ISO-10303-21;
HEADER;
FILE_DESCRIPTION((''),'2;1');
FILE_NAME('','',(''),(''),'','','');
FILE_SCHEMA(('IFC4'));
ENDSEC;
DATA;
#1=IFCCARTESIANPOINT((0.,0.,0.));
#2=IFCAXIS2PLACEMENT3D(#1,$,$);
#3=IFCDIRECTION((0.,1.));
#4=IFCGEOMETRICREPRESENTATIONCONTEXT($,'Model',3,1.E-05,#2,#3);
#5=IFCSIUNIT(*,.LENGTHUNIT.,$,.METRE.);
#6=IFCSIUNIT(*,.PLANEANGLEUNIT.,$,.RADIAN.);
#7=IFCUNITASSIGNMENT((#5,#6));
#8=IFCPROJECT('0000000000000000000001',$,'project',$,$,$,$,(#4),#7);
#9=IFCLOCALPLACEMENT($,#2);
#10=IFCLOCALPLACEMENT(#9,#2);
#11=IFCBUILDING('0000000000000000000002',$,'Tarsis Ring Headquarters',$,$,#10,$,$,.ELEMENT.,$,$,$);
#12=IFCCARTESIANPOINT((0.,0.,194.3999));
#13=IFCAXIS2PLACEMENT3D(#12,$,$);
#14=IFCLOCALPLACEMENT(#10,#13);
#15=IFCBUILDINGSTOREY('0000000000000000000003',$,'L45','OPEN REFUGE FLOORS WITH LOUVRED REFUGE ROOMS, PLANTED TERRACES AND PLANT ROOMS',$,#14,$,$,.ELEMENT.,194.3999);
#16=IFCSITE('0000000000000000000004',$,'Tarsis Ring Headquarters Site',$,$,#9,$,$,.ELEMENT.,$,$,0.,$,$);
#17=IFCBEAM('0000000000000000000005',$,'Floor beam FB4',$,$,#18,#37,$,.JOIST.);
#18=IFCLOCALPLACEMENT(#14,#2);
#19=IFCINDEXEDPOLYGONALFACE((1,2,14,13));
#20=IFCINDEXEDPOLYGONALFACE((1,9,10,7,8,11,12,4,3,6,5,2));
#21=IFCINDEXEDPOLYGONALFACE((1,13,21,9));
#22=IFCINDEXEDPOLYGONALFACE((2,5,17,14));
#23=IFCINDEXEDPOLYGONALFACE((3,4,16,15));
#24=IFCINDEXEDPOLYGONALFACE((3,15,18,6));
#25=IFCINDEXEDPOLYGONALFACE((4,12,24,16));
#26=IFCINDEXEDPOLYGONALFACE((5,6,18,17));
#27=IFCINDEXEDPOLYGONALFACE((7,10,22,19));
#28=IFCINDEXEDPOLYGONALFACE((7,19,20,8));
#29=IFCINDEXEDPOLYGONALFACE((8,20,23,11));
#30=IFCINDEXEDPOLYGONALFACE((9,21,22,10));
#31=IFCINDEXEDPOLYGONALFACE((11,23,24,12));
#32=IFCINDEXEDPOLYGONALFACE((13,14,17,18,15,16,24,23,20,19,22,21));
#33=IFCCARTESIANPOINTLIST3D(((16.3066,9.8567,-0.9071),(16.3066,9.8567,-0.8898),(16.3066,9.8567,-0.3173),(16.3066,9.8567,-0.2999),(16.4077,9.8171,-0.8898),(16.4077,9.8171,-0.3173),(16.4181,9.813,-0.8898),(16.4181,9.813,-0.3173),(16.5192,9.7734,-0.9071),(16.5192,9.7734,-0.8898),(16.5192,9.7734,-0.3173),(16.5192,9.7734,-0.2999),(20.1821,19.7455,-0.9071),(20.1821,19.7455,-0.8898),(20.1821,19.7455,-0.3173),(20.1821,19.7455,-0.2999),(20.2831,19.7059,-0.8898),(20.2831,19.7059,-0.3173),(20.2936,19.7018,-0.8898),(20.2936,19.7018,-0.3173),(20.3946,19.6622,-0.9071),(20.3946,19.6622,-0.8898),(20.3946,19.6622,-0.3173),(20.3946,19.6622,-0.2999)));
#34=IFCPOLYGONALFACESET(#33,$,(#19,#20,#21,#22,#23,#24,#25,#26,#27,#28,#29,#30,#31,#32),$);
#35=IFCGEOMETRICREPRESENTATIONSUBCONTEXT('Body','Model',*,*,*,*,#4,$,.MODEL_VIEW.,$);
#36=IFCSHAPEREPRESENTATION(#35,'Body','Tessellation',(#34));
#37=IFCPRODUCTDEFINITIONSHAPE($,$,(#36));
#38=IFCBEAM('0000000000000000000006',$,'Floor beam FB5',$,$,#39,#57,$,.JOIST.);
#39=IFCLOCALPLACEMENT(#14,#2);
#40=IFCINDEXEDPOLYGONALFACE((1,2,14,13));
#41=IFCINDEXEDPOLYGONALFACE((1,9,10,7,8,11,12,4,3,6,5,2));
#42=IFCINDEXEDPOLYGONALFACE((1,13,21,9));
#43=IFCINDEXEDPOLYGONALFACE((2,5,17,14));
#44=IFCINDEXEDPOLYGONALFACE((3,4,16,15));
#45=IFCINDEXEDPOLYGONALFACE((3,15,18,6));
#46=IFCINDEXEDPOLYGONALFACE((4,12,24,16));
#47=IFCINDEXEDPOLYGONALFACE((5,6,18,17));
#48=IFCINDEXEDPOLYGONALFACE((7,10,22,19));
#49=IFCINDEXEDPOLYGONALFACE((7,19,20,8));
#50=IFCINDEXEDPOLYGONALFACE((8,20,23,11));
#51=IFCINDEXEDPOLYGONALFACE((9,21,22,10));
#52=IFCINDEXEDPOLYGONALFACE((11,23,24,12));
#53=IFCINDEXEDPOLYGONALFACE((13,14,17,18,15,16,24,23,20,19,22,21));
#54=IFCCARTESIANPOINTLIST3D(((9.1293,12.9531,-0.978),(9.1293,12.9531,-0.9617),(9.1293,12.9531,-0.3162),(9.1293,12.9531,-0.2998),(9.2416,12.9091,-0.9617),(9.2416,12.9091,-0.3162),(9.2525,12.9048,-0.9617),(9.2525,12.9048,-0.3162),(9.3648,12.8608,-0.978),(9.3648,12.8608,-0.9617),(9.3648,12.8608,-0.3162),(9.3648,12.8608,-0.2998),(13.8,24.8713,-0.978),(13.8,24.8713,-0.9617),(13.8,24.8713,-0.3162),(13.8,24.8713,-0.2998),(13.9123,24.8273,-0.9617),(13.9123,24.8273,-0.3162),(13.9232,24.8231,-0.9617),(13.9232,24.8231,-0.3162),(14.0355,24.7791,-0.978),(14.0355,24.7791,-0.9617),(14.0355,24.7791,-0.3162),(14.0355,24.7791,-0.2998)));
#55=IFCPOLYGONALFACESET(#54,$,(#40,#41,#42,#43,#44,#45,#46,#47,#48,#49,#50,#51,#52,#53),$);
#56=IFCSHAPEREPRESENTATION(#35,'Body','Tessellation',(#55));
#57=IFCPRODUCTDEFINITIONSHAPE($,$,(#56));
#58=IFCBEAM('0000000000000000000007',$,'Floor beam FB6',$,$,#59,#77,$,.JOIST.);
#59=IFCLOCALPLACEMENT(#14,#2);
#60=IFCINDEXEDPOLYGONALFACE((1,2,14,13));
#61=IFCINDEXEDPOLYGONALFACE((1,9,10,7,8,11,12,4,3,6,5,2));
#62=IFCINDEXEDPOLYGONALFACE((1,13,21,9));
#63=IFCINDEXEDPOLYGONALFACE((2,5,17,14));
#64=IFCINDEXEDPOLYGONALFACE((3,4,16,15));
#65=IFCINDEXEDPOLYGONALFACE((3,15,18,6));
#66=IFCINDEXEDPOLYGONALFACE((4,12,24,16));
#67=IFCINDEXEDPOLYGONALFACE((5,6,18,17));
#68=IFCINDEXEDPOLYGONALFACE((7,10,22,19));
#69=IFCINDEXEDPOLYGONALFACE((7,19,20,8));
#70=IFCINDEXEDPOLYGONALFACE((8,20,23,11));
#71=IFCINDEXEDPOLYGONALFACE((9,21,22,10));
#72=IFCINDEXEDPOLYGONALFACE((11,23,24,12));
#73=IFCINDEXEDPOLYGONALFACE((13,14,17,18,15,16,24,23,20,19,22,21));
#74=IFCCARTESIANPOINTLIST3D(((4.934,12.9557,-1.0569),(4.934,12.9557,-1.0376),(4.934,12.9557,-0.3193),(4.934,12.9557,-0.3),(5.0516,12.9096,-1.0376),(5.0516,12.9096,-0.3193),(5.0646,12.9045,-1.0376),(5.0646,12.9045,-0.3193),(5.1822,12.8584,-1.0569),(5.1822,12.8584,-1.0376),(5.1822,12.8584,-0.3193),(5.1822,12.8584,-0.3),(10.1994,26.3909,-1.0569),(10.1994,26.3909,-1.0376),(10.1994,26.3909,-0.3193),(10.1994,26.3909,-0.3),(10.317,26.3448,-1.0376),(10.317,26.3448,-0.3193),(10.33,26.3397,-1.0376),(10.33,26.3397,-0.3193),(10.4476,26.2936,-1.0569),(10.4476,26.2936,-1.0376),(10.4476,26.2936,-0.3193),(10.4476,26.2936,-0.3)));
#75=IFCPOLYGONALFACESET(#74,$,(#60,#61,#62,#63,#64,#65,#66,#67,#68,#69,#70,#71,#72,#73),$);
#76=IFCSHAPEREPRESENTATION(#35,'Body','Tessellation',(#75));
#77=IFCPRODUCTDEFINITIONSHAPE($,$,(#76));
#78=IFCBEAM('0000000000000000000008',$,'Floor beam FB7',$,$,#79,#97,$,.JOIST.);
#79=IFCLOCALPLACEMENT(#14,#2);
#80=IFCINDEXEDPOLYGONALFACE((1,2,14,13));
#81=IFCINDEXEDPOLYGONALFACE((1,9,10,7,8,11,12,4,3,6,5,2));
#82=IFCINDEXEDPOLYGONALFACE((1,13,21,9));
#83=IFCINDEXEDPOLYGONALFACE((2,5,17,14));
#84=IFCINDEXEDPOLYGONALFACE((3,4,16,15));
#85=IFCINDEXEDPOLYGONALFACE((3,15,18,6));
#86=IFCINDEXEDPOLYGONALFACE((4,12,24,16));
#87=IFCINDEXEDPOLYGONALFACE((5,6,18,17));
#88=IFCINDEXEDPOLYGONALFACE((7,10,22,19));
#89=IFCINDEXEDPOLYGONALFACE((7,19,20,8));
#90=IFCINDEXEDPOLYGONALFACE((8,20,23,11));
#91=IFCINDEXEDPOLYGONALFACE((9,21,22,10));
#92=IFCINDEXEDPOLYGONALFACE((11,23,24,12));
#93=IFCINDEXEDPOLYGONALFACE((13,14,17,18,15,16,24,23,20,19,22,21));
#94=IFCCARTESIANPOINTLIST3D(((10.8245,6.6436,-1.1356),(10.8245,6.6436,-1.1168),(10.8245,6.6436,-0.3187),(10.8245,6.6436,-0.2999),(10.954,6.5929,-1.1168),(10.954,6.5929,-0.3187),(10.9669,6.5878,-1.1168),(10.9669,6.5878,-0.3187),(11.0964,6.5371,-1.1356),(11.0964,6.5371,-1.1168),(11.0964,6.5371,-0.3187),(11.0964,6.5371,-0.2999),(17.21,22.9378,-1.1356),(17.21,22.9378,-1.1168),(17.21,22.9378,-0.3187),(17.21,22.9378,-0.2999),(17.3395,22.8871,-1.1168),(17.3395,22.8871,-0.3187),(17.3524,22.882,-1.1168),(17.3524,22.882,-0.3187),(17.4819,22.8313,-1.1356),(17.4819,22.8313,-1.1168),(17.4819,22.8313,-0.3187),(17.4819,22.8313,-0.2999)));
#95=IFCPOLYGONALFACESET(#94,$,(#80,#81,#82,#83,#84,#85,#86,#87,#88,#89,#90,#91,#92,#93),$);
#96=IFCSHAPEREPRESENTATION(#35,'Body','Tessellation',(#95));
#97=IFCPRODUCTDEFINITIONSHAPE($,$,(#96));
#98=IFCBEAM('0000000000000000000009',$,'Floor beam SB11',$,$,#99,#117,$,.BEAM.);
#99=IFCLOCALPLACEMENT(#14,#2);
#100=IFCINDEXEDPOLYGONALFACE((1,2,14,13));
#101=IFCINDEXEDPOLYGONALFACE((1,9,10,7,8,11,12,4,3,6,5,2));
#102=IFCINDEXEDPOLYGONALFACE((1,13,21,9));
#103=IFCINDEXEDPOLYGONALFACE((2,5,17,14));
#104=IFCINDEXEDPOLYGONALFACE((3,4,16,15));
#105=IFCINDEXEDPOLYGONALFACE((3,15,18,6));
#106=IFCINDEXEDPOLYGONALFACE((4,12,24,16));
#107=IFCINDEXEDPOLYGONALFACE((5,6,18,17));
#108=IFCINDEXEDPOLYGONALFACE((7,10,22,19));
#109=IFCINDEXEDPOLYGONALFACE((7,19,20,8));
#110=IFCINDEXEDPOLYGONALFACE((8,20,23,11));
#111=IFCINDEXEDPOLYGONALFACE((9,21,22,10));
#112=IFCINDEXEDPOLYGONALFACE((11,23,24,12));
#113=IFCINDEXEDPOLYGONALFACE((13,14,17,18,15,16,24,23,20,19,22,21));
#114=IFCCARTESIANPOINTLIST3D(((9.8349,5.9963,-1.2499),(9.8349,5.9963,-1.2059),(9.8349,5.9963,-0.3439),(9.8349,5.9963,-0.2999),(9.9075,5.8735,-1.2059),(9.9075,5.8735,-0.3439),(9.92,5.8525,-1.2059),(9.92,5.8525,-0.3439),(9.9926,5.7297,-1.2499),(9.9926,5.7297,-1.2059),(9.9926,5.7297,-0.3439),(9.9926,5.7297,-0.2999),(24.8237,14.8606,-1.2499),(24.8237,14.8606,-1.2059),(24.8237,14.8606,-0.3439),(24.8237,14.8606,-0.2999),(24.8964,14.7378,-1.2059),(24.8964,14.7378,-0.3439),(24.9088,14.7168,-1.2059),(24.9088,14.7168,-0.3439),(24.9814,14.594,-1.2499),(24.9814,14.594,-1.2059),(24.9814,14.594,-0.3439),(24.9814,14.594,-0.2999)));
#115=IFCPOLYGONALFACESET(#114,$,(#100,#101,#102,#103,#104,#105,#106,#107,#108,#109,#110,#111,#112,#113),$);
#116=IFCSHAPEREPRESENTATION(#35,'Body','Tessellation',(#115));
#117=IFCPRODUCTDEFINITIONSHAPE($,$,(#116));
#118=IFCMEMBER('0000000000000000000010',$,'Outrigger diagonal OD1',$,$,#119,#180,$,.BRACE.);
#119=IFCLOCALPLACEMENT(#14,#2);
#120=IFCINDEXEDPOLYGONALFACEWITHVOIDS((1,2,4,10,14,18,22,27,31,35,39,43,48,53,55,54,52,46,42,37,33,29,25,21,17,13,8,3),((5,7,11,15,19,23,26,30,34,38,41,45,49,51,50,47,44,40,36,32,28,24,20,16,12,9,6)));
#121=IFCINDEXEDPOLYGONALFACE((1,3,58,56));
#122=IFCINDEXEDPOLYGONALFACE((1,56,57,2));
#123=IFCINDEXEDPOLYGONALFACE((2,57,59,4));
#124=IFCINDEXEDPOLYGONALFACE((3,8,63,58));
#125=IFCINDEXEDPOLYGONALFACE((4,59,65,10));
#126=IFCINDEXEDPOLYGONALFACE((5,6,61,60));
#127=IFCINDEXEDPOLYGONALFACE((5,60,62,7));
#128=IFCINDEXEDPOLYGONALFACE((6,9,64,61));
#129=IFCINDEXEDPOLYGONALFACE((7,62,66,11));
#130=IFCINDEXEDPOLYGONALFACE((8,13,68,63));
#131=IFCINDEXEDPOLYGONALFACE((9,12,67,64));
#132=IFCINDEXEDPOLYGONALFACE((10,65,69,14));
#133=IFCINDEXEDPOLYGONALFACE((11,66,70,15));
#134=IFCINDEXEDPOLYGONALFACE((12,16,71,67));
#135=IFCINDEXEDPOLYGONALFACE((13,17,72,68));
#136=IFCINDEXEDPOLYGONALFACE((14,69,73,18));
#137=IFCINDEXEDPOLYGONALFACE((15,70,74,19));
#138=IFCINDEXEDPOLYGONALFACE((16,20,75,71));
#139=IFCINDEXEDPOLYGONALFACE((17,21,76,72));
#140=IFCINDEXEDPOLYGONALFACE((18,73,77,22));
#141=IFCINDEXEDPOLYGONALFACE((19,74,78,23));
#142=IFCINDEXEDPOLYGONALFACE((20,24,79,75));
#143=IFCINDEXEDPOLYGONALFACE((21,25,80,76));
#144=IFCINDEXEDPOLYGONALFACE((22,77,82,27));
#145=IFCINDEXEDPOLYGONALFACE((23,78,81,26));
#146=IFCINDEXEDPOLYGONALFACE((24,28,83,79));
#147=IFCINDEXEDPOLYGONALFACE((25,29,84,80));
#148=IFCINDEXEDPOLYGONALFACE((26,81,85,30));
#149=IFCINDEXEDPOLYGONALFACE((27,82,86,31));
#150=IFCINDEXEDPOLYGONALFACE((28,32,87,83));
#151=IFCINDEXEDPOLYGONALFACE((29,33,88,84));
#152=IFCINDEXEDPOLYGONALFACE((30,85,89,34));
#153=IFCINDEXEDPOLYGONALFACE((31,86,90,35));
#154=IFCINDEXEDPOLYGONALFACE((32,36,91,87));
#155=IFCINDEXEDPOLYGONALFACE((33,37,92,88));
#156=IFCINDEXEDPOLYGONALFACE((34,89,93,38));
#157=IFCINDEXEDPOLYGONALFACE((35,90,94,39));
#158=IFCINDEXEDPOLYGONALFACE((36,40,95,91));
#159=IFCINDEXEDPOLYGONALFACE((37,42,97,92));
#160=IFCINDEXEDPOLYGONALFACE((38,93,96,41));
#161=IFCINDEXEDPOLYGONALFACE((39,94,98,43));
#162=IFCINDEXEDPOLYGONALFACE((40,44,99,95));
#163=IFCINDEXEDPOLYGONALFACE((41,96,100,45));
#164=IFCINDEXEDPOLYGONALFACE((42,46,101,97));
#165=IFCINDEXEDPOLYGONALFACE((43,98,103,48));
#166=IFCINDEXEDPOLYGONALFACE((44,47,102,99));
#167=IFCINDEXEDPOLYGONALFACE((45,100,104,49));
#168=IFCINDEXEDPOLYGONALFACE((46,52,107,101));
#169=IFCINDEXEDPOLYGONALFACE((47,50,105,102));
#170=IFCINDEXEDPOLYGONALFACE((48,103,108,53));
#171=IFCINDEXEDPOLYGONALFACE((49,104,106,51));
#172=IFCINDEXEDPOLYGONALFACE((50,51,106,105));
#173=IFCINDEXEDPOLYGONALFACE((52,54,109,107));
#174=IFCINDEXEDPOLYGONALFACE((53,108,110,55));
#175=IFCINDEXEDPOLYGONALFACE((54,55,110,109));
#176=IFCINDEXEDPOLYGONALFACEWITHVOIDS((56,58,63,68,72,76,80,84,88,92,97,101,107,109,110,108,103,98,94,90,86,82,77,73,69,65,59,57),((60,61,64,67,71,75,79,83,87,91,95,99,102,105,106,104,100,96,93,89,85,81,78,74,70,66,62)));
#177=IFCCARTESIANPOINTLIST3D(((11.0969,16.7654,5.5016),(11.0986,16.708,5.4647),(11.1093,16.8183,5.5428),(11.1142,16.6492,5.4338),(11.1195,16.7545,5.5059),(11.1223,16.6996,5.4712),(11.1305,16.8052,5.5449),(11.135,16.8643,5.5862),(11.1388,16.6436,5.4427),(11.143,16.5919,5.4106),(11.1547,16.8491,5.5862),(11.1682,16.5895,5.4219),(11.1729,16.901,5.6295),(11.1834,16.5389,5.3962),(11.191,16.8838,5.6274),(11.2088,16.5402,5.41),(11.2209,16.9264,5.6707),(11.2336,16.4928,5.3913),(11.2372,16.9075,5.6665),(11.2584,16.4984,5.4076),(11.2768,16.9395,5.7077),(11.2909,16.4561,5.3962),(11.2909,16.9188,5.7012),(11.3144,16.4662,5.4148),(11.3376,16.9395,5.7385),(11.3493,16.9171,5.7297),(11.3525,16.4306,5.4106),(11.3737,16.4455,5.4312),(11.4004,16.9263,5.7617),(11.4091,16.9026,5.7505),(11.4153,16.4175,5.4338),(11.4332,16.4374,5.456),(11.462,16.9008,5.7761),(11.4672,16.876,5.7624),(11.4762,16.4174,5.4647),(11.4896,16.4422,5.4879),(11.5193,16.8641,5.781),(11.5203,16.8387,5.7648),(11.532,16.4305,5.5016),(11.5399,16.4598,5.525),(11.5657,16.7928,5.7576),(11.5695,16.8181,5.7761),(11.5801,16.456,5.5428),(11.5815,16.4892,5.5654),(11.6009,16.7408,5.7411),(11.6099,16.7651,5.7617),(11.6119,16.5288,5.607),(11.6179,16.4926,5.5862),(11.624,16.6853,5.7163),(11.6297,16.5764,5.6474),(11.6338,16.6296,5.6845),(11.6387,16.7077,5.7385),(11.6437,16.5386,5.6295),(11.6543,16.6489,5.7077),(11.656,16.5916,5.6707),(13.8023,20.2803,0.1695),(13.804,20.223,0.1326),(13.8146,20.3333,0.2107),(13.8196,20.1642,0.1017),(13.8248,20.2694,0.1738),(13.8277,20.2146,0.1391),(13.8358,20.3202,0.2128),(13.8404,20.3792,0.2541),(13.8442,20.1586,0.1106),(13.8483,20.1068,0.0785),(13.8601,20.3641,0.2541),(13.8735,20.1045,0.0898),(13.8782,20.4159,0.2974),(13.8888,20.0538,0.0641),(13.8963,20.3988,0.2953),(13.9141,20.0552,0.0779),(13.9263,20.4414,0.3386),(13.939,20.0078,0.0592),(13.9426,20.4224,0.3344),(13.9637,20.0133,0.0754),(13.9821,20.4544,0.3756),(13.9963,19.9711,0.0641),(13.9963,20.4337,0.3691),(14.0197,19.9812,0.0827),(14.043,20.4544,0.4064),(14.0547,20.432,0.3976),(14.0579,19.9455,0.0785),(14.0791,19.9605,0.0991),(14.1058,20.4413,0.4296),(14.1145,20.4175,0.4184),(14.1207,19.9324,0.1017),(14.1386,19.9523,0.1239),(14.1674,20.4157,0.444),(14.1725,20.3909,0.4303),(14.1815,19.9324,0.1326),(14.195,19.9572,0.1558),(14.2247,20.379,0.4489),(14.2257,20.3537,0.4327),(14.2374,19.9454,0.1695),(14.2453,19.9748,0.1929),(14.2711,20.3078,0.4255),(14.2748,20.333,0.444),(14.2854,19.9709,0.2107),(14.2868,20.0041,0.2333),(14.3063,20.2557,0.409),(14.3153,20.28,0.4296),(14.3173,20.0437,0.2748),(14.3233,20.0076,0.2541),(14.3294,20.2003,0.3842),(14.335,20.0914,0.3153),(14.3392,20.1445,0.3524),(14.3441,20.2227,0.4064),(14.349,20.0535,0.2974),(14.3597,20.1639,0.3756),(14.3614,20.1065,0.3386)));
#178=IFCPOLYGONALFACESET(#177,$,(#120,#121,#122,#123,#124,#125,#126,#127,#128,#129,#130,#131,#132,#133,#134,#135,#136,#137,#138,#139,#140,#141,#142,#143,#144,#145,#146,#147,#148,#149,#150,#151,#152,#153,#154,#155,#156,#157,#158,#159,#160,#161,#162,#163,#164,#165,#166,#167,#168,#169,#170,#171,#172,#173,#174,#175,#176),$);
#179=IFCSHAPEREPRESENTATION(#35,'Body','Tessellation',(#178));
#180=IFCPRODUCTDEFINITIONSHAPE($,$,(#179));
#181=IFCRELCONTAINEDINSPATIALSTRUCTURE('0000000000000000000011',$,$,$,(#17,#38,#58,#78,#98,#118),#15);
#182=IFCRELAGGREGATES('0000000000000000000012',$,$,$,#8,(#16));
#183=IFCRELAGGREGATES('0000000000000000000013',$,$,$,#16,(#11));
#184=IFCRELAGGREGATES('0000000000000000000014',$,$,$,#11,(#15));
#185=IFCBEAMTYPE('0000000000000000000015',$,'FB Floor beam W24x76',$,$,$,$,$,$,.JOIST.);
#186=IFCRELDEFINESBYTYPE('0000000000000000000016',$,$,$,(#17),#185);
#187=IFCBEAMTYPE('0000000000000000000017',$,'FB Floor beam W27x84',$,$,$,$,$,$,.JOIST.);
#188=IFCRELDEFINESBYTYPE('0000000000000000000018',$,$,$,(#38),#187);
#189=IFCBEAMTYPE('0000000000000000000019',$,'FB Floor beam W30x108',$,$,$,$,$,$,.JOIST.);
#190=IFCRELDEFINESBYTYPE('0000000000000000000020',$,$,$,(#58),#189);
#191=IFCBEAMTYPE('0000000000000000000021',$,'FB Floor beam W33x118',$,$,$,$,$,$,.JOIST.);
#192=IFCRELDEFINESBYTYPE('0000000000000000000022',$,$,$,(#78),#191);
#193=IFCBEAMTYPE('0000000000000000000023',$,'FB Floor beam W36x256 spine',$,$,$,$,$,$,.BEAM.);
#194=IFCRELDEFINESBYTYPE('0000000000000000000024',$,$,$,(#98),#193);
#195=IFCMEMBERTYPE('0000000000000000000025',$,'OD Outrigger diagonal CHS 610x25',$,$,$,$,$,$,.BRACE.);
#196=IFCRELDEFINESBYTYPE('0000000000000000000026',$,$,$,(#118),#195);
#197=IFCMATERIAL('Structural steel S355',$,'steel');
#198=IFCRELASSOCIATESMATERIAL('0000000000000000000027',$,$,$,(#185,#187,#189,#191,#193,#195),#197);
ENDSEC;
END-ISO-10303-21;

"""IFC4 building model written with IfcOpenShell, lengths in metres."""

from ifc_helpers import new_model, si_unit, direction, frame, origin, origin_2d, place, context, subcontext, project, spatial, hollow_circle, i_section, extrude, material, material_profile, profile_set, type_object, element, save


model = new_model("IFC4")

# Units and contexts
model_context = context("Model", 3, precision=1e-05, world=origin(), true_north=direction((0.0, 1.0)))
body_context = subcontext(model_context, "Body", "Model", "MODEL_VIEW")
ifc_project = project(units=[si_unit("LENGTHUNIT", "METRE"), si_unit("PLANEANGLEUNIT", "RADIAN")], contexts=[model_context])

# Site, building, storey
site_placement = place(None, origin())
site = spatial("IfcSite", under=ifc_project, at=site_placement, Name="Tarsis Ring Headquarters Site", CompositionType="ELEMENT", RefElevation=0.0)
building_placement = place(site_placement, origin())
building = spatial("IfcBuilding", under=site, at=building_placement, Name="Tarsis Ring Headquarters", CompositionType="ELEMENT")
storey_placement = place(building_placement, frame((0.0, 0.0, 194.3999)))
storey = spatial("IfcBuildingStorey", under=building, at=storey_placement, Name="L45", Description="OPEN REFUGE FLOORS WITH LOUVRED REFUGE ROOMS, PLANTED TERRACES AND PLANT ROOMS", CompositionType="ELEMENT", Elevation=194.3999)

# Shared definitions
ifc_material_1 = material(Name="Structural steel S355", Category="steel")

# Beams
ifc_material_profile_1 = material_profile(ifc_material_1, i_section(OverallWidth=0.2283, OverallDepth=0.6072, WebThickness=0.0112, FlangeThickness=0.0173, at=origin_2d()), Name="W24x76")
ifc_profile_set_1 = profile_set([ifc_material_profile_1], Name="Structural steel S355")
beam_type_1 = type_object("IfcBeamType", Name="FB Floor beam W24x76", PredefinedType="JOIST", material=ifc_profile_set_1)
beam_1_placement = place(storey_placement, frame((20.2883, 19.7039, -0.6035), z_axis=(-0.364882, -0.931054, 0.0), x_axis=(0.931054, -0.364882, 0.0)))
element("IfcBeam", 1, at=beam_1_placement, inside=storey, type_object=beam_type_1, Name="Floor beam FB4", PredefinedType="JOIST", context=body_context, shape_type="SweptSolid", body=[
    extrude(i_section(OverallWidth=0.2283, OverallDepth=0.6072, WebThickness=0.0112, FlangeThickness=0.0173, at=origin_2d()), origin(), (0.0, 0.0, 1.0), 10.6211),
])
ifc_material_profile_2 = material_profile(ifc_material_1, i_section(OverallWidth=0.2529, OverallDepth=0.6782, WebThickness=0.0117, FlangeThickness=0.0164, at=origin_2d()), Name="W27x84")
ifc_profile_set_2 = profile_set([ifc_material_profile_2], Name="Structural steel S355")
beam_type_2 = type_object("IfcBeamType", Name="FB Floor beam W27x84", PredefinedType="JOIST", material=ifc_profile_set_2)
beam_2_placement = place(storey_placement, frame((13.9177, 24.8252, -0.6389), z_axis=(-0.364874, -0.931057, 0.0), x_axis=(0.931057, -0.364874, 0.0)))
element("IfcBeam", 2, at=beam_2_placement, inside=storey, type_object=beam_type_2, Name="Floor beam FB5", PredefinedType="JOIST", context=body_context, shape_type="SweptSolid", body=[
    extrude(i_section(OverallWidth=0.2529, OverallDepth=0.6782, WebThickness=0.0117, FlangeThickness=0.0164, at=origin_2d()), origin(), (0.0, 0.0, 1.0), 12.8008),
])
ifc_material_profile_3 = material_profile(ifc_material_1, i_section(OverallWidth=0.2666, OverallDepth=0.7568, WebThickness=0.0139, FlangeThickness=0.0193, at=origin_2d()), Name="W30x108")
ifc_profile_set_3 = profile_set([ifc_material_profile_3], Name="Structural steel S355")
beam_type_3 = type_object("IfcBeamType", Name="FB Floor beam W30x108", PredefinedType="JOIST", material=ifc_profile_set_3)
beam_3_placement = place(storey_placement, frame((10.3235, 26.3423, -0.6785), z_axis=(-0.364885, -0.931052, 0.0), x_axis=(0.931052, -0.364885, 0.0)))
element("IfcBeam", 3, at=beam_3_placement, inside=storey, type_object=beam_type_3, Name="Floor beam FB6", PredefinedType="JOIST", context=body_context, shape_type="SweptSolid", body=[
    extrude(i_section(OverallWidth=0.2666, OverallDepth=0.7568, WebThickness=0.0139, FlangeThickness=0.0193, at=origin_2d()), origin(), (0.0, 0.0, 1.0), 14.4302),
])
ifc_material_profile_4 = material_profile(ifc_material_1, i_section(OverallWidth=0.292, OverallDepth=0.8357, WebThickness=0.0139, FlangeThickness=0.0188, at=origin_2d()), Name="W33x118")
ifc_profile_set_4 = profile_set([ifc_material_profile_4], Name="Structural steel S355")
beam_type_4 = type_object("IfcBeamType", Name="FB Floor beam W33x118", PredefinedType="JOIST", material=ifc_profile_set_4)
beam_4_placement = place(storey_placement, frame((17.3459, 22.8845, -0.7178), z_axis=(-0.364871, -0.931058, 0.0), x_axis=(0.931058, -0.364871, 0.0)))
element("IfcBeam", 4, at=beam_4_placement, inside=storey, type_object=beam_type_4, Name="Floor beam FB7", PredefinedType="JOIST", context=body_context, shape_type="SweptSolid", body=[
    extrude(i_section(OverallWidth=0.292, OverallDepth=0.8357, WebThickness=0.0139, FlangeThickness=0.0188, at=origin_2d()), origin(), (0.0, 0.0, 1.0), 17.5007),
])
ifc_material_profile_5 = material_profile(ifc_material_1, i_section(OverallWidth=0.3098, OverallDepth=0.95, WebThickness=0.0244, FlangeThickness=0.0439, at=origin_2d()), Name="W36x256")
ifc_profile_set_5 = profile_set([ifc_material_profile_5], Name="Structural steel S355")
beam_type_5 = type_object("IfcBeamType", Name="FB Floor beam W36x256 spine", PredefinedType="BEAM", material=ifc_profile_set_5)
beam_5_placement = place(storey_placement, frame((24.9026, 14.7273, -0.7749), z_axis=(-0.860744, -0.509038, 0.0), x_axis=(0.509038, -0.860744, 0.0)))
element("IfcBeam", 5, at=beam_5_placement, inside=storey, type_object=beam_type_5, Name="Floor beam SB11", PredefinedType="BEAM", context=body_context, shape_type="SweptSolid", body=[
    extrude(i_section(OverallWidth=0.3098, OverallDepth=0.95, WebThickness=0.0244, FlangeThickness=0.0439, at=origin_2d()), origin(), (0.0, 0.0, 1.0), 17.4138),
])

# Member
ifc_material_profile_6 = material_profile(ifc_material_1, hollow_circle(Radius=0.3047, WallThickness=0.0249, at=origin_2d()), Name="CHS 610x25")
ifc_profile_set_6 = profile_set([ifc_material_profile_6], Name="Structural steel S355")
member_type_1 = type_object("IfcMemberType", Name="OD Outrigger diagonal CHS 610x25", PredefinedType="BRACE", material=ifc_profile_set_6)
member_1_placement = place(storey_placement, frame((11.3765, 16.6785, 5.5862), z_axis=(0.390058, 0.506783, -0.768782), x_axis=(-0.792454, 0.609932, 0.0)))
element("IfcMember", 6, at=member_1_placement, inside=storey, type_object=member_type_1, Name="Outrigger diagonal OD1", PredefinedType="BRACE", context=body_context, shape_type="SweptSolid", body=[
    extrude(hollow_circle(Radius=0.3047, WallThickness=0.0249, at=origin_2d()), origin(), (0.0, 0.0, 1.0), 6.9358),
])

save(model, "model.ifc")
